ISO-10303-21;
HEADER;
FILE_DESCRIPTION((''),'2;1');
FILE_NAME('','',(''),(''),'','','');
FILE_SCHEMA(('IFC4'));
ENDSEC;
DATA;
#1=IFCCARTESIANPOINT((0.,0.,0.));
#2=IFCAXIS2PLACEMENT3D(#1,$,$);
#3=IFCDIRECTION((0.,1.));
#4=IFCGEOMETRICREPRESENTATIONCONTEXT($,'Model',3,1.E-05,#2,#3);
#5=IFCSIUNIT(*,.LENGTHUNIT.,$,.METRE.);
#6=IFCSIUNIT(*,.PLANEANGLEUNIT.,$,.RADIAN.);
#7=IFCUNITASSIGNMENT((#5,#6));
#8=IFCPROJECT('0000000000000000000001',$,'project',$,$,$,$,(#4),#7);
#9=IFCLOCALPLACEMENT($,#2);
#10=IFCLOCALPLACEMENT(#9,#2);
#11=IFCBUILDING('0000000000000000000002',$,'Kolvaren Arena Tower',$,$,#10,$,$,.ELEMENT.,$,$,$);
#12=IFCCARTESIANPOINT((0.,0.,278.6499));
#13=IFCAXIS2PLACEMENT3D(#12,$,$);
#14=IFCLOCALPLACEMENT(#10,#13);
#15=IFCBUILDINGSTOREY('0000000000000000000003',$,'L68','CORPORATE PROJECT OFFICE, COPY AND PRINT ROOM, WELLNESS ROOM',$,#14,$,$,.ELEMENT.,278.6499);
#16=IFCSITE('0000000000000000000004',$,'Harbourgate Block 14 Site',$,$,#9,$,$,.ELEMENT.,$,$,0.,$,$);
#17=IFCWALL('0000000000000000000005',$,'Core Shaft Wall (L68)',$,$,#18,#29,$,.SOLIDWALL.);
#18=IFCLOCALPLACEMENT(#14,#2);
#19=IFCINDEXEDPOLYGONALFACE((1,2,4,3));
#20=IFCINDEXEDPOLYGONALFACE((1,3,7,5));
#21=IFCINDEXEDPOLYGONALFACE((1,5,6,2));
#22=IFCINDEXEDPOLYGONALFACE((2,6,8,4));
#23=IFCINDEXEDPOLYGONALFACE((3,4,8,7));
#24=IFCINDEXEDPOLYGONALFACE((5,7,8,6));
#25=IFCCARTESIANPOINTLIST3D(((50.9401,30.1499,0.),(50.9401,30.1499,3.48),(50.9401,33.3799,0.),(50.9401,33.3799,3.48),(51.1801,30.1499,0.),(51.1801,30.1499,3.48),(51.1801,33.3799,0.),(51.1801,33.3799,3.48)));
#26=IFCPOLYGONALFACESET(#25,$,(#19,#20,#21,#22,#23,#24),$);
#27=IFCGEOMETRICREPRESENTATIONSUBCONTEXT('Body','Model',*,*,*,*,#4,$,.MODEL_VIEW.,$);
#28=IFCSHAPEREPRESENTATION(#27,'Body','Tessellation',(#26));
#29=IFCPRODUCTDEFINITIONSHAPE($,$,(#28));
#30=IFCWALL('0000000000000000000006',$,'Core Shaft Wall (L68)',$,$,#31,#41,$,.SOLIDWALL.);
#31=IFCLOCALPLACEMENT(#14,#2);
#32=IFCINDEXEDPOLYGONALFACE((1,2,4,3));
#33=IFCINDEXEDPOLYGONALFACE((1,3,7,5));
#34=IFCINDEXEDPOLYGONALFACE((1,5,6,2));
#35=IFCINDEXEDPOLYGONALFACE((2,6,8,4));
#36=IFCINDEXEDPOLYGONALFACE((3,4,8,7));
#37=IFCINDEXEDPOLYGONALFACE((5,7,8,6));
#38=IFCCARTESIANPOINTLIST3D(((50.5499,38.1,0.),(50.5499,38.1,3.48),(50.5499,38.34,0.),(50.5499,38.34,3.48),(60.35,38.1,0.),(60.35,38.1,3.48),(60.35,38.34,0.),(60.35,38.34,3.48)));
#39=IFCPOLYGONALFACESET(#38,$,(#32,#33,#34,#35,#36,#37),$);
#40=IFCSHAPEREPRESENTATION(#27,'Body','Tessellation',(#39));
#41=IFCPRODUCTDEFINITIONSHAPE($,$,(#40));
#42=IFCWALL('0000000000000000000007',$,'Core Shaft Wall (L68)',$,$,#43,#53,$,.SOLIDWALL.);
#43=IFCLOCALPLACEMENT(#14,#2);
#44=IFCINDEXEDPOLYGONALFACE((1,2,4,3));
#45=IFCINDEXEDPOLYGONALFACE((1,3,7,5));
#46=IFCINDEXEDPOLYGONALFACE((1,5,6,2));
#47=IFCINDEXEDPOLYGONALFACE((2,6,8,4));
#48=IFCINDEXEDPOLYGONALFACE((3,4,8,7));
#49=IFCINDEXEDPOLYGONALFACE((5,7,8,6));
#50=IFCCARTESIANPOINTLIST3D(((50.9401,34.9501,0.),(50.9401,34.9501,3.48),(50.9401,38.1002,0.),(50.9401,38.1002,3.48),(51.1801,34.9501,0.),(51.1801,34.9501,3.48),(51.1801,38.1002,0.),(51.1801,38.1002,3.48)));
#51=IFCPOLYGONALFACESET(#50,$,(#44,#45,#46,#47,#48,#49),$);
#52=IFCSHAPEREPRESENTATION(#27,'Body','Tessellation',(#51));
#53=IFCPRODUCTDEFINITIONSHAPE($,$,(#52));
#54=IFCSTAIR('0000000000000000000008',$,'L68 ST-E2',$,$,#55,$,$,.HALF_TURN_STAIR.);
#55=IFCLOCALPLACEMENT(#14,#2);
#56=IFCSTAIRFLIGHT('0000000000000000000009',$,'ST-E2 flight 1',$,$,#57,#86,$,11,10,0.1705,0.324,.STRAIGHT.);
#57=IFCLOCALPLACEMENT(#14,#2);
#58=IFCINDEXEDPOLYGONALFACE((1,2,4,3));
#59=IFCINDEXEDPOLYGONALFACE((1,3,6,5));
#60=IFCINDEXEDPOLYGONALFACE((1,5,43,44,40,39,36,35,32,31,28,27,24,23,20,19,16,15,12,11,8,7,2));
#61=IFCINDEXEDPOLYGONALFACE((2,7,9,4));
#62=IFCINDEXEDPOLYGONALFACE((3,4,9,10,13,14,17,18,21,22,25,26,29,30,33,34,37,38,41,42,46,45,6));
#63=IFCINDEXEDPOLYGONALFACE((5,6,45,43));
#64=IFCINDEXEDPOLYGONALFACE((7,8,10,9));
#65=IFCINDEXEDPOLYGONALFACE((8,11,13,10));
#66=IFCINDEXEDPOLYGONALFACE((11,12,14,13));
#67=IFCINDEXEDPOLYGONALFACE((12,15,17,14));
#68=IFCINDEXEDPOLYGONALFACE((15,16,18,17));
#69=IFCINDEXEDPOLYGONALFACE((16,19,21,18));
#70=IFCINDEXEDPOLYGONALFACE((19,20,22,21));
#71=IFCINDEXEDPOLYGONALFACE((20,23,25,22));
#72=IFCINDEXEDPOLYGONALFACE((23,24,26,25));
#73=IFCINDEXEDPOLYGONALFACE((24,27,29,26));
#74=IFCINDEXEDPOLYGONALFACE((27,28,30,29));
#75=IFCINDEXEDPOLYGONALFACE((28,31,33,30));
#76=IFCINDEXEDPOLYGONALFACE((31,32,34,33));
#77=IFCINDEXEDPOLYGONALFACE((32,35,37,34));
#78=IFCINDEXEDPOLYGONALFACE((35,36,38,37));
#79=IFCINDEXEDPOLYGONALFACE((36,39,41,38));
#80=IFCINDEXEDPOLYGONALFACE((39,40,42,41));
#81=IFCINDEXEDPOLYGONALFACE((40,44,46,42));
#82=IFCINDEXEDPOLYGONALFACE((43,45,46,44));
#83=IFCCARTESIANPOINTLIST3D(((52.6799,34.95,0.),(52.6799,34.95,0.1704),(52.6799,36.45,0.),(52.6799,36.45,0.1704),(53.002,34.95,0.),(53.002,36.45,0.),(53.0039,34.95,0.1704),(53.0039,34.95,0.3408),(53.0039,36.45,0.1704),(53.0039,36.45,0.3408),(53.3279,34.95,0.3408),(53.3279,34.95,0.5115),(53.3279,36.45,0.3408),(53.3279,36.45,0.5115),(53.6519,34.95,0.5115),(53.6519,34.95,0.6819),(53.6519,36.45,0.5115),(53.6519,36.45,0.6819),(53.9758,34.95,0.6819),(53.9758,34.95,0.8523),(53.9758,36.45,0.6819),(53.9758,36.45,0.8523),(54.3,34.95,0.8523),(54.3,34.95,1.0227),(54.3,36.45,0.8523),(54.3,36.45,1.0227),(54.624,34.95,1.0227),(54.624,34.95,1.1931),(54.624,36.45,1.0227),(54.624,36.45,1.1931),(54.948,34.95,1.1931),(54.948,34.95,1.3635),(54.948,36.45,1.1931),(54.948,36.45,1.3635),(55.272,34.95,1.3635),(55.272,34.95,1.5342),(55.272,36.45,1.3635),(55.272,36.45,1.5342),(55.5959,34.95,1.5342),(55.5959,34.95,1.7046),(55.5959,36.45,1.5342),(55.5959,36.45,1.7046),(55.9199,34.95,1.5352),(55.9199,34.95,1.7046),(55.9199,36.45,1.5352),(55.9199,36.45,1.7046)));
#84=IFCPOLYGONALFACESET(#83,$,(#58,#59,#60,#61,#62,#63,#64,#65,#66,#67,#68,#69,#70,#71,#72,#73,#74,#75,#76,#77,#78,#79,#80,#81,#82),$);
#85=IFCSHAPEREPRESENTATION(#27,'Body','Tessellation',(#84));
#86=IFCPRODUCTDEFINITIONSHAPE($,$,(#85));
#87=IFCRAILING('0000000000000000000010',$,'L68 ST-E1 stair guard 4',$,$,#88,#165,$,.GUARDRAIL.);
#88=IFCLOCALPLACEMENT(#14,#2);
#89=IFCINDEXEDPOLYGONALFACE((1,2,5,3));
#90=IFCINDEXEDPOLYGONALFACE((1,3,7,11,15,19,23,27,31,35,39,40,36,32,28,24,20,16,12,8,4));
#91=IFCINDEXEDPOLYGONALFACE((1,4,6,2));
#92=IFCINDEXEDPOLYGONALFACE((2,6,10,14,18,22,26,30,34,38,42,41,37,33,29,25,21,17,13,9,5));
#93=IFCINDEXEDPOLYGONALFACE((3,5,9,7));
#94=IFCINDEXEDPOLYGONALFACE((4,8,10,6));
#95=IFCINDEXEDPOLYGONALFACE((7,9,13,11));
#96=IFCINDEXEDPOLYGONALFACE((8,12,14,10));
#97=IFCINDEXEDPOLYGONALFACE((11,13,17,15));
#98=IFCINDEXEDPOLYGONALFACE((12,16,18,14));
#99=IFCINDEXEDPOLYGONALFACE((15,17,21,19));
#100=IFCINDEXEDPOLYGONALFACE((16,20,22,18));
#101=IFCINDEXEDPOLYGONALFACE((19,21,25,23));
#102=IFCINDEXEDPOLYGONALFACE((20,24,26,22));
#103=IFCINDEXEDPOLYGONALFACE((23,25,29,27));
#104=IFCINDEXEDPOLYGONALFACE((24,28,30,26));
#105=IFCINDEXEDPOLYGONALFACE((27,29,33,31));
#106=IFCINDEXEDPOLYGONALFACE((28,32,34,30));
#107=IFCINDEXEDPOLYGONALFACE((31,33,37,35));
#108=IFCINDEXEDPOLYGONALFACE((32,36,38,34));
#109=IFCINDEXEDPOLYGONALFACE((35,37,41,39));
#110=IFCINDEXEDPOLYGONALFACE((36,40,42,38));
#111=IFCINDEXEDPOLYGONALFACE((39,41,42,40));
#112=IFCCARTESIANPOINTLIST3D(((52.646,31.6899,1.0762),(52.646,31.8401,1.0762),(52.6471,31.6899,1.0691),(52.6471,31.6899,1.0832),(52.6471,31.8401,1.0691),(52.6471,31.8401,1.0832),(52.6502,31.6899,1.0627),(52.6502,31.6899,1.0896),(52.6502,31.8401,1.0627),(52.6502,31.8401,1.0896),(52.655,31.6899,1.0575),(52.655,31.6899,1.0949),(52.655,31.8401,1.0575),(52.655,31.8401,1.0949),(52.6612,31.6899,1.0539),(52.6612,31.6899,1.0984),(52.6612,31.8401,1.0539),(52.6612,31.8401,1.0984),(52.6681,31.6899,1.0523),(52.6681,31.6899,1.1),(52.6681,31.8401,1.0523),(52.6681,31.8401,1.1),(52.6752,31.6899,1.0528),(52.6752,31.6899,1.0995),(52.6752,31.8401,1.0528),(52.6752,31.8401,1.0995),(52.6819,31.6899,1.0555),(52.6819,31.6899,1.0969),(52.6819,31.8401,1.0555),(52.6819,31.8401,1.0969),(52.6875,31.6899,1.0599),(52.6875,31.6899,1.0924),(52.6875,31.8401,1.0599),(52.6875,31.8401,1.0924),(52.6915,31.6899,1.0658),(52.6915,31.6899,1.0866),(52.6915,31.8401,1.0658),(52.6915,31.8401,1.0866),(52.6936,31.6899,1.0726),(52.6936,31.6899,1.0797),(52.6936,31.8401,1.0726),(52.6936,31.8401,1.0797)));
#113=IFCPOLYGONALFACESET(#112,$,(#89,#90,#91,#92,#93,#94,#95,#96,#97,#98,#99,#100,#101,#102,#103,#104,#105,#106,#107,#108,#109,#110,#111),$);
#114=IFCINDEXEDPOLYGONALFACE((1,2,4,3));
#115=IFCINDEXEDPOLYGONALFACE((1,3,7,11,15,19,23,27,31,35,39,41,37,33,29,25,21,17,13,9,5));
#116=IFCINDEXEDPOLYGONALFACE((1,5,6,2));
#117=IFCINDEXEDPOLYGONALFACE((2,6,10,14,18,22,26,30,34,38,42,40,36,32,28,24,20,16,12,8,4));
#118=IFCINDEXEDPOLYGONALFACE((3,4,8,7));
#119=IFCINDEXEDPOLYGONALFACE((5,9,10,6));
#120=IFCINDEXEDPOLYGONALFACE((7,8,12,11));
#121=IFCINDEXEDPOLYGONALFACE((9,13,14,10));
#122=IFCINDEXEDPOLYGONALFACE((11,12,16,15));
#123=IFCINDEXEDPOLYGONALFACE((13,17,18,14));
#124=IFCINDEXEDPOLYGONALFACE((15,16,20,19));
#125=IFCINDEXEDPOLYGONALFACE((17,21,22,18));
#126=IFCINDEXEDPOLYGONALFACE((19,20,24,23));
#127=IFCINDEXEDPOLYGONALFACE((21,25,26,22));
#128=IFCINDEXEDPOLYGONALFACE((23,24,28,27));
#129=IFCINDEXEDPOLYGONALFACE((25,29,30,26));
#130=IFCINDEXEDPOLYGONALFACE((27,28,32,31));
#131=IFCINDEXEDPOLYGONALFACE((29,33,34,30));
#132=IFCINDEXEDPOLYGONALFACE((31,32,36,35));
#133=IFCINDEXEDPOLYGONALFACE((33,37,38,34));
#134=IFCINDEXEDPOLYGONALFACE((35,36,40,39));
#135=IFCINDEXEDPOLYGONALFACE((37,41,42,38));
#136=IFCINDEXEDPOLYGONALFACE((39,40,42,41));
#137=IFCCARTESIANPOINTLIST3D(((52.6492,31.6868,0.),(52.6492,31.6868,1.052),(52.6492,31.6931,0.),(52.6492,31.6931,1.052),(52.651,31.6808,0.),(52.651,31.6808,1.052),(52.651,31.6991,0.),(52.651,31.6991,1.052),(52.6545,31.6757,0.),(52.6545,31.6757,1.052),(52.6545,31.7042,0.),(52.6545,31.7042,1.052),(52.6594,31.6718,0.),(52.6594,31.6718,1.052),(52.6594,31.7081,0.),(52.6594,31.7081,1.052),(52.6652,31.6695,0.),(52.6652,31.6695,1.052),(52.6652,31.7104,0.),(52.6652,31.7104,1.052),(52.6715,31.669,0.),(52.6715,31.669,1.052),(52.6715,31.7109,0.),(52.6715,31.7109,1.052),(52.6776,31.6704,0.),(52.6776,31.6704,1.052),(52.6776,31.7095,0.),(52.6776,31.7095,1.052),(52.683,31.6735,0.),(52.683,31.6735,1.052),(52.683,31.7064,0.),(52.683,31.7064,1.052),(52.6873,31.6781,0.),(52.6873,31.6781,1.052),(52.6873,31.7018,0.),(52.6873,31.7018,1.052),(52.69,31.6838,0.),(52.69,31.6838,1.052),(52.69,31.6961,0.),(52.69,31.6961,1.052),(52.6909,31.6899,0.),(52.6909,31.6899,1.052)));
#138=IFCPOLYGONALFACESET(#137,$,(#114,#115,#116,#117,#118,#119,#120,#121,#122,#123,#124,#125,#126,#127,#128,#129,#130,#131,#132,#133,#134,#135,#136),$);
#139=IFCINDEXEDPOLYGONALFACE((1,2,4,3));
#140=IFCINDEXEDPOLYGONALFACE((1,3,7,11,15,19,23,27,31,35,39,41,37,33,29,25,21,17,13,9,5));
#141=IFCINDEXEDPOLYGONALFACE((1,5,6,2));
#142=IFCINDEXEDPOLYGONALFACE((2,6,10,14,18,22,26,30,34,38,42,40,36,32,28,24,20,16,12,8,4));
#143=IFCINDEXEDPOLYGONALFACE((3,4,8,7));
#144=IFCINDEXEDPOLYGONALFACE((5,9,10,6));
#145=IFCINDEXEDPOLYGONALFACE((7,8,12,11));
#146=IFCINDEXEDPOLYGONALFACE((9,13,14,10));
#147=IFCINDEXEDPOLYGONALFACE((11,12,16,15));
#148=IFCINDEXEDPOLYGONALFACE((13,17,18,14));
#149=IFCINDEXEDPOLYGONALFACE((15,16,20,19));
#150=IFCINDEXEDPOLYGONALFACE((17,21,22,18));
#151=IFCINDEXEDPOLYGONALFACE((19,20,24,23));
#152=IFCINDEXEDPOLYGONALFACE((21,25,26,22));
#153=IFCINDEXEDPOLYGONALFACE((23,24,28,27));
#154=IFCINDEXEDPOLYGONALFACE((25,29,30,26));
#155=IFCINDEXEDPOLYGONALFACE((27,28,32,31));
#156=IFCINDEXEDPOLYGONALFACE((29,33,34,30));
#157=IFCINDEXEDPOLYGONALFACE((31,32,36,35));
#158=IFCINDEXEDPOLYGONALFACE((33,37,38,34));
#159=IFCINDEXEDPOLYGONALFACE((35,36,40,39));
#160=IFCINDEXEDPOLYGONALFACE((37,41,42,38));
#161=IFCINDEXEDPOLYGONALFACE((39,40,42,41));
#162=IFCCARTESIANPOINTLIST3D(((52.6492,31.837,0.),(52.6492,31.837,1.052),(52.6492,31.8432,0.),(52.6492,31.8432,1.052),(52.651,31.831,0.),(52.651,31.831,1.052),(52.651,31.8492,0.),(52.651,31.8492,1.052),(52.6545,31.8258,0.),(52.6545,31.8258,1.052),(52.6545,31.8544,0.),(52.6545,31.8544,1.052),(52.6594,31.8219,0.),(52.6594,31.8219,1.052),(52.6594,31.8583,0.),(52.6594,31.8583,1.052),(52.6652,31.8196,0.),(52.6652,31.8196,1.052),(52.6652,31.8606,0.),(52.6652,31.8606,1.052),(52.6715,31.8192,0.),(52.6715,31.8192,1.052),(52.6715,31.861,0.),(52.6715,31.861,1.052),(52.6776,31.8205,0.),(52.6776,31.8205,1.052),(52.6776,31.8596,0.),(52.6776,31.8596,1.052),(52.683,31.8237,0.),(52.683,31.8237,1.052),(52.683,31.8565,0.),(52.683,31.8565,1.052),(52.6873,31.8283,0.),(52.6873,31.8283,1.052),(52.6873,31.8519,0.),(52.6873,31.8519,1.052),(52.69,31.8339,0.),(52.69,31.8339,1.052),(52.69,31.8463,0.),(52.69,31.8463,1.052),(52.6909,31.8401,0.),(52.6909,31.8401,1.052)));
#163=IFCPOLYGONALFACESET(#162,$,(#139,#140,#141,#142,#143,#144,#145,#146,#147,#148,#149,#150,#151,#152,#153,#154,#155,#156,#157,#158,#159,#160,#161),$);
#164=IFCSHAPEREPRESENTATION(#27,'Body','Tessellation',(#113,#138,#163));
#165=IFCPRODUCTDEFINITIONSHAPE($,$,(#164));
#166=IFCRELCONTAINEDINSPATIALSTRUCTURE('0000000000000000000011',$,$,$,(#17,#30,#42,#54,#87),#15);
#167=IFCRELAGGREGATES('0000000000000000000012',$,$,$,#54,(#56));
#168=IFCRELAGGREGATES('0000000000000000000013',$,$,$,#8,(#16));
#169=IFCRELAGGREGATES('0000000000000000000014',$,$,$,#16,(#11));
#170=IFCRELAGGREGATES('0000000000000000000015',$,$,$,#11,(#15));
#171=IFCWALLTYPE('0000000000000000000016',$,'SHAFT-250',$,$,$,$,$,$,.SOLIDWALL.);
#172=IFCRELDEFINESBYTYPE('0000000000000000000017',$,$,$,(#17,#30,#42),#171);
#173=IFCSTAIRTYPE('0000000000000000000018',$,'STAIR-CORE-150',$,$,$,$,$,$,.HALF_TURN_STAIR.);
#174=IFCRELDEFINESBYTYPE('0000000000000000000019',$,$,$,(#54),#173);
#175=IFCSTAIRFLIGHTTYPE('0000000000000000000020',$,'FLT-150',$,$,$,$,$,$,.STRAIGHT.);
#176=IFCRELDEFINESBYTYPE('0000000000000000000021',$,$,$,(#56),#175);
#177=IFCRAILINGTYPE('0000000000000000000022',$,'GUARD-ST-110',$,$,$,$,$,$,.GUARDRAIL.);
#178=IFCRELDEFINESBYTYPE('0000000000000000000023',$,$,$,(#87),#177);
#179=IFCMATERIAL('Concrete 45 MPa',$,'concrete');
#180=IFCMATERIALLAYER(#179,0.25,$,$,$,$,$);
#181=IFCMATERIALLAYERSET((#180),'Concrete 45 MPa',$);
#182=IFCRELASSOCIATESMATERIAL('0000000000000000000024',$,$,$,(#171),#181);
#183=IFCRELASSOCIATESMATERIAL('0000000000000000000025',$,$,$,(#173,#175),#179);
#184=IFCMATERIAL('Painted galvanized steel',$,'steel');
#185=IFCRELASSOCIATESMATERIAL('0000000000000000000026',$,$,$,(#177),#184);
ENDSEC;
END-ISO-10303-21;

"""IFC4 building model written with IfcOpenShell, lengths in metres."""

from ifc_helpers import new_model, si_unit, direction, frame, frame_2d, origin, origin_2d, place, context, subcontext, project, spatial, polyline, rectangle, circle, outline, extrude, material, layer, layer_set, type_object, element, aggregate, save


model = new_model("IFC4")

# Units and contexts
model_context = context("Model", 3, precision=1e-05, world=origin(), true_north=direction((0.0, 1.0)))
body_context = subcontext(model_context, "Body", "Model", "MODEL_VIEW")
ifc_project = project(units=[si_unit("LENGTHUNIT", "METRE"), si_unit("PLANEANGLEUNIT", "RADIAN")], contexts=[model_context])

# Site, building, storey
site_placement = place(None, origin())
site = spatial("IfcSite", under=ifc_project, at=site_placement, Name="Harbourgate Block 14 Site", CompositionType="ELEMENT", RefElevation=0.0)
building_placement = place(site_placement, origin())
building = spatial("IfcBuilding", under=site, at=building_placement, Name="Kolvaren Arena Tower", CompositionType="ELEMENT")
storey_placement = place(building_placement, frame((0.0, 0.0, 278.6499)))
storey = spatial("IfcBuildingStorey", under=building, at=storey_placement, Name="L68", Description="CORPORATE PROJECT OFFICE, COPY AND PRINT ROOM, WELLNESS ROOM", CompositionType="ELEMENT", Elevation=278.6499)

# Walls
ifc_material_1 = material(Name="Concrete 45 MPa", Category="concrete")
ifc_layer_1 = layer(ifc_material_1, 0.25)
ifc_layer_set_1 = layer_set([ifc_layer_1], Name="Concrete 45 MPa")
wall_type_1 = type_object("IfcWallType", Name="SHAFT-250", PredefinedType="SOLIDWALL", material=ifc_layer_set_1)
wall_1_placement = place(storey_placement, frame((51.0601, 30.1499, 0.0), z_axis=(0.0, 0.0, 1.0), x_axis=(0.0, 1.0, 0.0)))
element("IfcWall", 1, at=wall_1_placement, inside=storey, type_object=wall_type_1, Name="Core Shaft Wall (L68)", PredefinedType="SOLIDWALL", context=body_context, shape_type="SweptSolid", body=[
    extrude(rectangle(XDim=3.23, YDim=0.24, at=frame_2d((1.615, 0.0))), origin(), (0.0, 0.0, 1.0), 3.48),
])
wall_2_placement = place(storey_placement, frame((50.55, 38.22, 0.0), z_axis=(0.0, 0.0, 1.0), x_axis=(1.0, 0.0, 0.0)))
element("IfcWall", 2, at=wall_2_placement, inside=storey, type_object=wall_type_1, Name="Core Shaft Wall (L68)", PredefinedType="SOLIDWALL", context=body_context, shape_type="SweptSolid", body=[
    extrude(rectangle(XDim=9.8, YDim=0.24, at=frame_2d((4.8999, 0.0))), origin(), (0.0, 0.0, 1.0), 3.48),
])
wall_3_placement = place(storey_placement, frame((51.0601, 34.95, 0.0), z_axis=(0.0, 0.0, 1.0), x_axis=(0.0, 1.0, 0.0)))
element("IfcWall", 3, at=wall_3_placement, inside=storey, type_object=wall_type_1, Name="Core Shaft Wall (L68)", PredefinedType="SOLIDWALL", context=body_context, shape_type="SweptSolid", body=[
    extrude(rectangle(XDim=3.1501, YDim=0.24, at=frame_2d((1.5752, 0.0))), origin(), (0.0, 0.0, 1.0), 3.48),
])

# Stair, stair flight
stair_type = type_object("IfcStairType", Name="STAIR-CORE-150", PredefinedType="HALF_TURN_STAIR", material=ifc_material_1)
stair_placement = place(storey_placement, origin())
stair = element("IfcStair", 4, at=stair_placement, inside=storey, type_object=stair_type, Name="L68 ST-E2", PredefinedType="HALF_TURN_STAIR")
stair_flight_type = type_object("IfcStairFlightType", Name="FLT-150", PredefinedType="STRAIGHT", material=ifc_material_1)
stair_flight_placement = place(storey_placement, frame((52.6799, 35.7, 0.0), z_axis=(0.0, 0.0, 1.0), x_axis=(1.0, 0.0, 0.0)))
stair_flight = element("IfcStairFlight", 5, at=stair_flight_placement, type_object=stair_flight_type, Name="ST-E2 flight 1", NumberOfRisers=11, NumberOfTreads=10, PredefinedType="STRAIGHT", RiserHeight=0.1705, TreadLength=0.324, context=body_context, shape_type="SweptSolid", body=[
    extrude(outline(polyline([(0.0, 0.0), (0.0, 0.1704), (0.324, 0.1704), (0.324, 0.3408), (0.6479, 0.3408), (0.6479, 0.5115), (0.9719, 0.5115), (0.9719, 0.6819), (1.2959, 0.6819), (1.2959, 0.8523), (1.6201, 0.8523), (1.6201, 1.0227), (1.9441, 1.0227), (1.9441, 1.1931), (2.2681, 1.1931), (2.2681, 1.3635), (2.592, 1.3635), (2.592, 1.5342), (2.916, 1.5342), (2.916, 1.7046), (3.24, 1.7046), (3.24, 1.875), (3.24, 1.5352), (0.322, 0.0), (0.0, 0.0)])), frame((0.0, 0.75, 0.0), z_axis=(0.0, -1.0, 0.0), x_axis=(1.0, 0.0, 0.0)), (0.0, 0.0, 1.0), 1.5),
])
aggregate(stair, [stair_flight])

# Railing
ifc_material_2 = material(Name="Painted galvanized steel", Category="steel")
railing_type_1 = type_object("IfcRailingType", Name="GUARD-ST-110", PredefinedType="GUARDRAIL", material=ifc_material_2)
railing_1_placement = place(storey_placement, frame((52.6699, 31.6899, 0.0)))
element("IfcRailing", 6, at=railing_1_placement, inside=storey, type_object=railing_type_1, Name="L68 ST-E1 stair guard 4", PredefinedType="GUARDRAIL", context=body_context, shape_type="SweptSolid", body=[
    extrude(circle(Radius=0.0239, at=origin_2d()), frame((0.0, 0.0, 1.0762), z_axis=(0.0, 1.0, 0.0), x_axis=(-1.0, 0.0, 0.0)), (0.0, 0.0, 1.0), 0.1501),
    extrude(circle(Radius=0.021, at=origin_2d()), origin(), (0.0, 0.0, 1.0), 1.052),
    extrude(circle(Radius=0.021, at=origin_2d()), frame((0.0, 0.1501, 0.0)), (0.0, 0.0, 1.0), 1.052),
])

save(model, "model.ifc")
